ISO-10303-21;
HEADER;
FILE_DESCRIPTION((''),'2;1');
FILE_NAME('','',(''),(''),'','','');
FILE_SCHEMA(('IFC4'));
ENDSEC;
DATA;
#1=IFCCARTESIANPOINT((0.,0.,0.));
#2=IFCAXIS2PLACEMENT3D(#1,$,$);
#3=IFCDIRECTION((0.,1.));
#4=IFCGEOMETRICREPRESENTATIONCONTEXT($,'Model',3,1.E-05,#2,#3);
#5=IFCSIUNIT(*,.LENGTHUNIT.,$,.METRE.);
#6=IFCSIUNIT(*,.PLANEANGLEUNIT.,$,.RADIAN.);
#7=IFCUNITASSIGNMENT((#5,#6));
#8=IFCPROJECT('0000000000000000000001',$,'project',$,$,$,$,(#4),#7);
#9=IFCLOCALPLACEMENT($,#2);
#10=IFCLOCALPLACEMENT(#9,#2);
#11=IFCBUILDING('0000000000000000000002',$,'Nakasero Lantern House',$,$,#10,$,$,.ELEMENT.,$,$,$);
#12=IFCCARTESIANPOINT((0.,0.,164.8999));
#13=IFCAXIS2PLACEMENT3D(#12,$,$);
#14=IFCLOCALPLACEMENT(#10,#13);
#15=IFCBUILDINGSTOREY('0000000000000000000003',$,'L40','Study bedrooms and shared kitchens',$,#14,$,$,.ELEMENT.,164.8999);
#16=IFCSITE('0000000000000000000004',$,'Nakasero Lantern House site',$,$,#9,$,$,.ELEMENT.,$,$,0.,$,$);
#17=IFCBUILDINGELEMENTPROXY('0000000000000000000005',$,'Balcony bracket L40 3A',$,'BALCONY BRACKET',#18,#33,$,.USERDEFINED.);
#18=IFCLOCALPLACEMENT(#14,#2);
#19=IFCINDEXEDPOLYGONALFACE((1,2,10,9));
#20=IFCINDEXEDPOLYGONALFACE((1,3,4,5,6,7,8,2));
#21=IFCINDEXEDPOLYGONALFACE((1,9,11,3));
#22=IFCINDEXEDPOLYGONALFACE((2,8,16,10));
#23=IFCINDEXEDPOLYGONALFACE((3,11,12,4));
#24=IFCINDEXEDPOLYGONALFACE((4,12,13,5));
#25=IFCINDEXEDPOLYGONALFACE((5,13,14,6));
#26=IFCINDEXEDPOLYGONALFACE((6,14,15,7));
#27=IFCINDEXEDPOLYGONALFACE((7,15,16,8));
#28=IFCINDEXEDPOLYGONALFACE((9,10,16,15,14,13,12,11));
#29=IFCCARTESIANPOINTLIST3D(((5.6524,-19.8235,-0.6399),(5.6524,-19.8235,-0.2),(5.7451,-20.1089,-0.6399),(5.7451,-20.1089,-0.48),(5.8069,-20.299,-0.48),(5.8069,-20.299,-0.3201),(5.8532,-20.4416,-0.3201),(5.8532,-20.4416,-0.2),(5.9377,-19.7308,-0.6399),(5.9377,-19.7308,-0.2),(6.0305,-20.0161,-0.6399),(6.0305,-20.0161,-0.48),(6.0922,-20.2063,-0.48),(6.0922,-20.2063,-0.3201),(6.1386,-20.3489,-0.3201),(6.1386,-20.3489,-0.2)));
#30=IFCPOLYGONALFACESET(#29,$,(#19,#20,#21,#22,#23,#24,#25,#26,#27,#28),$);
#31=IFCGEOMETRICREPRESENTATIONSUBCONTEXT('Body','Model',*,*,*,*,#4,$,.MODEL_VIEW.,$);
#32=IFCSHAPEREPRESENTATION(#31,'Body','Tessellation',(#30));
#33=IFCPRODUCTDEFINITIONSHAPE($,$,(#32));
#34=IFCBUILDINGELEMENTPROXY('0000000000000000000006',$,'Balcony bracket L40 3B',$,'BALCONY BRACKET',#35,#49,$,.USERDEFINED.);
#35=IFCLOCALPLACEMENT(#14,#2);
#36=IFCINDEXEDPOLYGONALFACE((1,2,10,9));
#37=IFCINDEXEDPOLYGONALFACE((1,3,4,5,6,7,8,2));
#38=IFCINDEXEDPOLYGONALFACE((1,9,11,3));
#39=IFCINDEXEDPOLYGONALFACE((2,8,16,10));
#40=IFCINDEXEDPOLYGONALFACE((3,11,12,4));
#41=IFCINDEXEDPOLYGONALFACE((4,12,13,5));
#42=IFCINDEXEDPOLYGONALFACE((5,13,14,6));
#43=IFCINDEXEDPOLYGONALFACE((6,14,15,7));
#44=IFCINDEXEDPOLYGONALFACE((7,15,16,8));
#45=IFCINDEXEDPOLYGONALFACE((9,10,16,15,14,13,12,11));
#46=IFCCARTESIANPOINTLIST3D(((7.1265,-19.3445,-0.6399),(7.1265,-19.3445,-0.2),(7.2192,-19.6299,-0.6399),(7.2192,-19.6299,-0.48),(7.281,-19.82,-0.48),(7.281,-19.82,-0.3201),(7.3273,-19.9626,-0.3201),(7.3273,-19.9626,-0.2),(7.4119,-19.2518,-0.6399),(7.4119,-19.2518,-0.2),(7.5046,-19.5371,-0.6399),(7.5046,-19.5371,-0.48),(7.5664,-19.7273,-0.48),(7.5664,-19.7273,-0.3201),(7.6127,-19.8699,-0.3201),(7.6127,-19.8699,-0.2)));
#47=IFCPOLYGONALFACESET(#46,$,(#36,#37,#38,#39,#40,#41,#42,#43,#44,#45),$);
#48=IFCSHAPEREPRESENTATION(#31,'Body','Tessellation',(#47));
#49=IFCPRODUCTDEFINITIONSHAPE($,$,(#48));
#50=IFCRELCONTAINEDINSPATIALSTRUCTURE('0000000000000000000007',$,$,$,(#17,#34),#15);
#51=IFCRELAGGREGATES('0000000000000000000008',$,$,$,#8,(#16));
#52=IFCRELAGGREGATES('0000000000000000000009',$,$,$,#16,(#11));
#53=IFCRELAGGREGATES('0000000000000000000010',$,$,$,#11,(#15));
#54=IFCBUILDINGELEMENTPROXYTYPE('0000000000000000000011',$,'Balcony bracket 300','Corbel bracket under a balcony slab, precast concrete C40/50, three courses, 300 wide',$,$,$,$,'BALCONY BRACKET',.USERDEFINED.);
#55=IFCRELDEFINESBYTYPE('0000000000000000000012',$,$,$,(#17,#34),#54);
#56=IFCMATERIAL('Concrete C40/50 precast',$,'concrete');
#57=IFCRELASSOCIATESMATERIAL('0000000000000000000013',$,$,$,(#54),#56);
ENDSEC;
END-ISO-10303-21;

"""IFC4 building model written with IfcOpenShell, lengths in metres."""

from ifc_helpers import new_model, si_unit, direction, frame, origin, place, context, subcontext, project, spatial, polyline, outline, extrude, material, type_object, element, save


model = new_model("IFC4")

# Units and contexts
model_context = context("Model", 3, precision=1e-05, world=origin(), true_north=direction((0.0, 1.0)))
body_context = subcontext(model_context, "Body", "Model", "MODEL_VIEW")
ifc_project = project(units=[si_unit("LENGTHUNIT", "METRE"), si_unit("PLANEANGLEUNIT", "RADIAN")], contexts=[model_context])

# Site, building, storey
site_placement = place(None, origin())
site = spatial("IfcSite", under=ifc_project, at=site_placement, Name="Nakasero Lantern House site", CompositionType="ELEMENT", RefElevation=0.0)
building_placement = place(site_placement, origin())
building = spatial("IfcBuilding", under=site, at=building_placement, Name="Nakasero Lantern House", CompositionType="ELEMENT")
storey_placement = place(building_placement, frame((0.0, 0.0, 164.8999)))
storey = spatial("IfcBuildingStorey", under=building, at=storey_placement, Name="L40", Description="Study bedrooms and shared kitchens", CompositionType="ELEMENT", Elevation=164.8999)

# Building element proxies
ifc_material_1 = material(Name="Concrete C40/50 precast", Category="concrete")
building_element_proxy_type = type_object("IfcBuildingElementProxyType", Name="Balcony bracket 300", Description="Corbel bracket under a balcony slab, precast concrete C40/50, three courses, 300 wide", ElementType="BALCONY BRACKET", PredefinedType="USERDEFINED", material=ifc_material_1)
for number, where, z_axis, x_axis, name in (
    (1, (5.7952, -19.7771, -0.2), (0.0, 0.0, 1.0), (0.309017, -0.951057, 0.0), "Balcony bracket L40 3A"),
    (2, (7.2693, -19.2981, -0.2), (0.0, 0.0, 1.0), (0.309017, -0.951057, 0.0), "Balcony bracket L40 3B"),
):
    element("IfcBuildingElementProxy", number, at=place(storey_placement, frame(where, z_axis=z_axis, x_axis=x_axis)), inside=storey, type_object=building_element_proxy_type, Name=name, ObjectType="BALCONY BRACKET", PredefinedType="USERDEFINED", context=body_context, shape_type="SweptSolid", body=[
        extrude(outline(polyline([(0.0, 0.0), (0.6499, 0.0), (0.6499, -0.1201), (0.5, -0.1201), (0.5, -0.28), (0.3, -0.28), (0.3, -0.4399), (0.0, -0.4399), (0.0, 0.0)])), frame((0.0, 0.1499, 0.0), z_axis=(0.0, -1.0, 0.0), x_axis=(1.0, 0.0, 0.0)), (0.0, 0.0, 1.0), 0.3),
    ])

save(model, "model.ifc")
